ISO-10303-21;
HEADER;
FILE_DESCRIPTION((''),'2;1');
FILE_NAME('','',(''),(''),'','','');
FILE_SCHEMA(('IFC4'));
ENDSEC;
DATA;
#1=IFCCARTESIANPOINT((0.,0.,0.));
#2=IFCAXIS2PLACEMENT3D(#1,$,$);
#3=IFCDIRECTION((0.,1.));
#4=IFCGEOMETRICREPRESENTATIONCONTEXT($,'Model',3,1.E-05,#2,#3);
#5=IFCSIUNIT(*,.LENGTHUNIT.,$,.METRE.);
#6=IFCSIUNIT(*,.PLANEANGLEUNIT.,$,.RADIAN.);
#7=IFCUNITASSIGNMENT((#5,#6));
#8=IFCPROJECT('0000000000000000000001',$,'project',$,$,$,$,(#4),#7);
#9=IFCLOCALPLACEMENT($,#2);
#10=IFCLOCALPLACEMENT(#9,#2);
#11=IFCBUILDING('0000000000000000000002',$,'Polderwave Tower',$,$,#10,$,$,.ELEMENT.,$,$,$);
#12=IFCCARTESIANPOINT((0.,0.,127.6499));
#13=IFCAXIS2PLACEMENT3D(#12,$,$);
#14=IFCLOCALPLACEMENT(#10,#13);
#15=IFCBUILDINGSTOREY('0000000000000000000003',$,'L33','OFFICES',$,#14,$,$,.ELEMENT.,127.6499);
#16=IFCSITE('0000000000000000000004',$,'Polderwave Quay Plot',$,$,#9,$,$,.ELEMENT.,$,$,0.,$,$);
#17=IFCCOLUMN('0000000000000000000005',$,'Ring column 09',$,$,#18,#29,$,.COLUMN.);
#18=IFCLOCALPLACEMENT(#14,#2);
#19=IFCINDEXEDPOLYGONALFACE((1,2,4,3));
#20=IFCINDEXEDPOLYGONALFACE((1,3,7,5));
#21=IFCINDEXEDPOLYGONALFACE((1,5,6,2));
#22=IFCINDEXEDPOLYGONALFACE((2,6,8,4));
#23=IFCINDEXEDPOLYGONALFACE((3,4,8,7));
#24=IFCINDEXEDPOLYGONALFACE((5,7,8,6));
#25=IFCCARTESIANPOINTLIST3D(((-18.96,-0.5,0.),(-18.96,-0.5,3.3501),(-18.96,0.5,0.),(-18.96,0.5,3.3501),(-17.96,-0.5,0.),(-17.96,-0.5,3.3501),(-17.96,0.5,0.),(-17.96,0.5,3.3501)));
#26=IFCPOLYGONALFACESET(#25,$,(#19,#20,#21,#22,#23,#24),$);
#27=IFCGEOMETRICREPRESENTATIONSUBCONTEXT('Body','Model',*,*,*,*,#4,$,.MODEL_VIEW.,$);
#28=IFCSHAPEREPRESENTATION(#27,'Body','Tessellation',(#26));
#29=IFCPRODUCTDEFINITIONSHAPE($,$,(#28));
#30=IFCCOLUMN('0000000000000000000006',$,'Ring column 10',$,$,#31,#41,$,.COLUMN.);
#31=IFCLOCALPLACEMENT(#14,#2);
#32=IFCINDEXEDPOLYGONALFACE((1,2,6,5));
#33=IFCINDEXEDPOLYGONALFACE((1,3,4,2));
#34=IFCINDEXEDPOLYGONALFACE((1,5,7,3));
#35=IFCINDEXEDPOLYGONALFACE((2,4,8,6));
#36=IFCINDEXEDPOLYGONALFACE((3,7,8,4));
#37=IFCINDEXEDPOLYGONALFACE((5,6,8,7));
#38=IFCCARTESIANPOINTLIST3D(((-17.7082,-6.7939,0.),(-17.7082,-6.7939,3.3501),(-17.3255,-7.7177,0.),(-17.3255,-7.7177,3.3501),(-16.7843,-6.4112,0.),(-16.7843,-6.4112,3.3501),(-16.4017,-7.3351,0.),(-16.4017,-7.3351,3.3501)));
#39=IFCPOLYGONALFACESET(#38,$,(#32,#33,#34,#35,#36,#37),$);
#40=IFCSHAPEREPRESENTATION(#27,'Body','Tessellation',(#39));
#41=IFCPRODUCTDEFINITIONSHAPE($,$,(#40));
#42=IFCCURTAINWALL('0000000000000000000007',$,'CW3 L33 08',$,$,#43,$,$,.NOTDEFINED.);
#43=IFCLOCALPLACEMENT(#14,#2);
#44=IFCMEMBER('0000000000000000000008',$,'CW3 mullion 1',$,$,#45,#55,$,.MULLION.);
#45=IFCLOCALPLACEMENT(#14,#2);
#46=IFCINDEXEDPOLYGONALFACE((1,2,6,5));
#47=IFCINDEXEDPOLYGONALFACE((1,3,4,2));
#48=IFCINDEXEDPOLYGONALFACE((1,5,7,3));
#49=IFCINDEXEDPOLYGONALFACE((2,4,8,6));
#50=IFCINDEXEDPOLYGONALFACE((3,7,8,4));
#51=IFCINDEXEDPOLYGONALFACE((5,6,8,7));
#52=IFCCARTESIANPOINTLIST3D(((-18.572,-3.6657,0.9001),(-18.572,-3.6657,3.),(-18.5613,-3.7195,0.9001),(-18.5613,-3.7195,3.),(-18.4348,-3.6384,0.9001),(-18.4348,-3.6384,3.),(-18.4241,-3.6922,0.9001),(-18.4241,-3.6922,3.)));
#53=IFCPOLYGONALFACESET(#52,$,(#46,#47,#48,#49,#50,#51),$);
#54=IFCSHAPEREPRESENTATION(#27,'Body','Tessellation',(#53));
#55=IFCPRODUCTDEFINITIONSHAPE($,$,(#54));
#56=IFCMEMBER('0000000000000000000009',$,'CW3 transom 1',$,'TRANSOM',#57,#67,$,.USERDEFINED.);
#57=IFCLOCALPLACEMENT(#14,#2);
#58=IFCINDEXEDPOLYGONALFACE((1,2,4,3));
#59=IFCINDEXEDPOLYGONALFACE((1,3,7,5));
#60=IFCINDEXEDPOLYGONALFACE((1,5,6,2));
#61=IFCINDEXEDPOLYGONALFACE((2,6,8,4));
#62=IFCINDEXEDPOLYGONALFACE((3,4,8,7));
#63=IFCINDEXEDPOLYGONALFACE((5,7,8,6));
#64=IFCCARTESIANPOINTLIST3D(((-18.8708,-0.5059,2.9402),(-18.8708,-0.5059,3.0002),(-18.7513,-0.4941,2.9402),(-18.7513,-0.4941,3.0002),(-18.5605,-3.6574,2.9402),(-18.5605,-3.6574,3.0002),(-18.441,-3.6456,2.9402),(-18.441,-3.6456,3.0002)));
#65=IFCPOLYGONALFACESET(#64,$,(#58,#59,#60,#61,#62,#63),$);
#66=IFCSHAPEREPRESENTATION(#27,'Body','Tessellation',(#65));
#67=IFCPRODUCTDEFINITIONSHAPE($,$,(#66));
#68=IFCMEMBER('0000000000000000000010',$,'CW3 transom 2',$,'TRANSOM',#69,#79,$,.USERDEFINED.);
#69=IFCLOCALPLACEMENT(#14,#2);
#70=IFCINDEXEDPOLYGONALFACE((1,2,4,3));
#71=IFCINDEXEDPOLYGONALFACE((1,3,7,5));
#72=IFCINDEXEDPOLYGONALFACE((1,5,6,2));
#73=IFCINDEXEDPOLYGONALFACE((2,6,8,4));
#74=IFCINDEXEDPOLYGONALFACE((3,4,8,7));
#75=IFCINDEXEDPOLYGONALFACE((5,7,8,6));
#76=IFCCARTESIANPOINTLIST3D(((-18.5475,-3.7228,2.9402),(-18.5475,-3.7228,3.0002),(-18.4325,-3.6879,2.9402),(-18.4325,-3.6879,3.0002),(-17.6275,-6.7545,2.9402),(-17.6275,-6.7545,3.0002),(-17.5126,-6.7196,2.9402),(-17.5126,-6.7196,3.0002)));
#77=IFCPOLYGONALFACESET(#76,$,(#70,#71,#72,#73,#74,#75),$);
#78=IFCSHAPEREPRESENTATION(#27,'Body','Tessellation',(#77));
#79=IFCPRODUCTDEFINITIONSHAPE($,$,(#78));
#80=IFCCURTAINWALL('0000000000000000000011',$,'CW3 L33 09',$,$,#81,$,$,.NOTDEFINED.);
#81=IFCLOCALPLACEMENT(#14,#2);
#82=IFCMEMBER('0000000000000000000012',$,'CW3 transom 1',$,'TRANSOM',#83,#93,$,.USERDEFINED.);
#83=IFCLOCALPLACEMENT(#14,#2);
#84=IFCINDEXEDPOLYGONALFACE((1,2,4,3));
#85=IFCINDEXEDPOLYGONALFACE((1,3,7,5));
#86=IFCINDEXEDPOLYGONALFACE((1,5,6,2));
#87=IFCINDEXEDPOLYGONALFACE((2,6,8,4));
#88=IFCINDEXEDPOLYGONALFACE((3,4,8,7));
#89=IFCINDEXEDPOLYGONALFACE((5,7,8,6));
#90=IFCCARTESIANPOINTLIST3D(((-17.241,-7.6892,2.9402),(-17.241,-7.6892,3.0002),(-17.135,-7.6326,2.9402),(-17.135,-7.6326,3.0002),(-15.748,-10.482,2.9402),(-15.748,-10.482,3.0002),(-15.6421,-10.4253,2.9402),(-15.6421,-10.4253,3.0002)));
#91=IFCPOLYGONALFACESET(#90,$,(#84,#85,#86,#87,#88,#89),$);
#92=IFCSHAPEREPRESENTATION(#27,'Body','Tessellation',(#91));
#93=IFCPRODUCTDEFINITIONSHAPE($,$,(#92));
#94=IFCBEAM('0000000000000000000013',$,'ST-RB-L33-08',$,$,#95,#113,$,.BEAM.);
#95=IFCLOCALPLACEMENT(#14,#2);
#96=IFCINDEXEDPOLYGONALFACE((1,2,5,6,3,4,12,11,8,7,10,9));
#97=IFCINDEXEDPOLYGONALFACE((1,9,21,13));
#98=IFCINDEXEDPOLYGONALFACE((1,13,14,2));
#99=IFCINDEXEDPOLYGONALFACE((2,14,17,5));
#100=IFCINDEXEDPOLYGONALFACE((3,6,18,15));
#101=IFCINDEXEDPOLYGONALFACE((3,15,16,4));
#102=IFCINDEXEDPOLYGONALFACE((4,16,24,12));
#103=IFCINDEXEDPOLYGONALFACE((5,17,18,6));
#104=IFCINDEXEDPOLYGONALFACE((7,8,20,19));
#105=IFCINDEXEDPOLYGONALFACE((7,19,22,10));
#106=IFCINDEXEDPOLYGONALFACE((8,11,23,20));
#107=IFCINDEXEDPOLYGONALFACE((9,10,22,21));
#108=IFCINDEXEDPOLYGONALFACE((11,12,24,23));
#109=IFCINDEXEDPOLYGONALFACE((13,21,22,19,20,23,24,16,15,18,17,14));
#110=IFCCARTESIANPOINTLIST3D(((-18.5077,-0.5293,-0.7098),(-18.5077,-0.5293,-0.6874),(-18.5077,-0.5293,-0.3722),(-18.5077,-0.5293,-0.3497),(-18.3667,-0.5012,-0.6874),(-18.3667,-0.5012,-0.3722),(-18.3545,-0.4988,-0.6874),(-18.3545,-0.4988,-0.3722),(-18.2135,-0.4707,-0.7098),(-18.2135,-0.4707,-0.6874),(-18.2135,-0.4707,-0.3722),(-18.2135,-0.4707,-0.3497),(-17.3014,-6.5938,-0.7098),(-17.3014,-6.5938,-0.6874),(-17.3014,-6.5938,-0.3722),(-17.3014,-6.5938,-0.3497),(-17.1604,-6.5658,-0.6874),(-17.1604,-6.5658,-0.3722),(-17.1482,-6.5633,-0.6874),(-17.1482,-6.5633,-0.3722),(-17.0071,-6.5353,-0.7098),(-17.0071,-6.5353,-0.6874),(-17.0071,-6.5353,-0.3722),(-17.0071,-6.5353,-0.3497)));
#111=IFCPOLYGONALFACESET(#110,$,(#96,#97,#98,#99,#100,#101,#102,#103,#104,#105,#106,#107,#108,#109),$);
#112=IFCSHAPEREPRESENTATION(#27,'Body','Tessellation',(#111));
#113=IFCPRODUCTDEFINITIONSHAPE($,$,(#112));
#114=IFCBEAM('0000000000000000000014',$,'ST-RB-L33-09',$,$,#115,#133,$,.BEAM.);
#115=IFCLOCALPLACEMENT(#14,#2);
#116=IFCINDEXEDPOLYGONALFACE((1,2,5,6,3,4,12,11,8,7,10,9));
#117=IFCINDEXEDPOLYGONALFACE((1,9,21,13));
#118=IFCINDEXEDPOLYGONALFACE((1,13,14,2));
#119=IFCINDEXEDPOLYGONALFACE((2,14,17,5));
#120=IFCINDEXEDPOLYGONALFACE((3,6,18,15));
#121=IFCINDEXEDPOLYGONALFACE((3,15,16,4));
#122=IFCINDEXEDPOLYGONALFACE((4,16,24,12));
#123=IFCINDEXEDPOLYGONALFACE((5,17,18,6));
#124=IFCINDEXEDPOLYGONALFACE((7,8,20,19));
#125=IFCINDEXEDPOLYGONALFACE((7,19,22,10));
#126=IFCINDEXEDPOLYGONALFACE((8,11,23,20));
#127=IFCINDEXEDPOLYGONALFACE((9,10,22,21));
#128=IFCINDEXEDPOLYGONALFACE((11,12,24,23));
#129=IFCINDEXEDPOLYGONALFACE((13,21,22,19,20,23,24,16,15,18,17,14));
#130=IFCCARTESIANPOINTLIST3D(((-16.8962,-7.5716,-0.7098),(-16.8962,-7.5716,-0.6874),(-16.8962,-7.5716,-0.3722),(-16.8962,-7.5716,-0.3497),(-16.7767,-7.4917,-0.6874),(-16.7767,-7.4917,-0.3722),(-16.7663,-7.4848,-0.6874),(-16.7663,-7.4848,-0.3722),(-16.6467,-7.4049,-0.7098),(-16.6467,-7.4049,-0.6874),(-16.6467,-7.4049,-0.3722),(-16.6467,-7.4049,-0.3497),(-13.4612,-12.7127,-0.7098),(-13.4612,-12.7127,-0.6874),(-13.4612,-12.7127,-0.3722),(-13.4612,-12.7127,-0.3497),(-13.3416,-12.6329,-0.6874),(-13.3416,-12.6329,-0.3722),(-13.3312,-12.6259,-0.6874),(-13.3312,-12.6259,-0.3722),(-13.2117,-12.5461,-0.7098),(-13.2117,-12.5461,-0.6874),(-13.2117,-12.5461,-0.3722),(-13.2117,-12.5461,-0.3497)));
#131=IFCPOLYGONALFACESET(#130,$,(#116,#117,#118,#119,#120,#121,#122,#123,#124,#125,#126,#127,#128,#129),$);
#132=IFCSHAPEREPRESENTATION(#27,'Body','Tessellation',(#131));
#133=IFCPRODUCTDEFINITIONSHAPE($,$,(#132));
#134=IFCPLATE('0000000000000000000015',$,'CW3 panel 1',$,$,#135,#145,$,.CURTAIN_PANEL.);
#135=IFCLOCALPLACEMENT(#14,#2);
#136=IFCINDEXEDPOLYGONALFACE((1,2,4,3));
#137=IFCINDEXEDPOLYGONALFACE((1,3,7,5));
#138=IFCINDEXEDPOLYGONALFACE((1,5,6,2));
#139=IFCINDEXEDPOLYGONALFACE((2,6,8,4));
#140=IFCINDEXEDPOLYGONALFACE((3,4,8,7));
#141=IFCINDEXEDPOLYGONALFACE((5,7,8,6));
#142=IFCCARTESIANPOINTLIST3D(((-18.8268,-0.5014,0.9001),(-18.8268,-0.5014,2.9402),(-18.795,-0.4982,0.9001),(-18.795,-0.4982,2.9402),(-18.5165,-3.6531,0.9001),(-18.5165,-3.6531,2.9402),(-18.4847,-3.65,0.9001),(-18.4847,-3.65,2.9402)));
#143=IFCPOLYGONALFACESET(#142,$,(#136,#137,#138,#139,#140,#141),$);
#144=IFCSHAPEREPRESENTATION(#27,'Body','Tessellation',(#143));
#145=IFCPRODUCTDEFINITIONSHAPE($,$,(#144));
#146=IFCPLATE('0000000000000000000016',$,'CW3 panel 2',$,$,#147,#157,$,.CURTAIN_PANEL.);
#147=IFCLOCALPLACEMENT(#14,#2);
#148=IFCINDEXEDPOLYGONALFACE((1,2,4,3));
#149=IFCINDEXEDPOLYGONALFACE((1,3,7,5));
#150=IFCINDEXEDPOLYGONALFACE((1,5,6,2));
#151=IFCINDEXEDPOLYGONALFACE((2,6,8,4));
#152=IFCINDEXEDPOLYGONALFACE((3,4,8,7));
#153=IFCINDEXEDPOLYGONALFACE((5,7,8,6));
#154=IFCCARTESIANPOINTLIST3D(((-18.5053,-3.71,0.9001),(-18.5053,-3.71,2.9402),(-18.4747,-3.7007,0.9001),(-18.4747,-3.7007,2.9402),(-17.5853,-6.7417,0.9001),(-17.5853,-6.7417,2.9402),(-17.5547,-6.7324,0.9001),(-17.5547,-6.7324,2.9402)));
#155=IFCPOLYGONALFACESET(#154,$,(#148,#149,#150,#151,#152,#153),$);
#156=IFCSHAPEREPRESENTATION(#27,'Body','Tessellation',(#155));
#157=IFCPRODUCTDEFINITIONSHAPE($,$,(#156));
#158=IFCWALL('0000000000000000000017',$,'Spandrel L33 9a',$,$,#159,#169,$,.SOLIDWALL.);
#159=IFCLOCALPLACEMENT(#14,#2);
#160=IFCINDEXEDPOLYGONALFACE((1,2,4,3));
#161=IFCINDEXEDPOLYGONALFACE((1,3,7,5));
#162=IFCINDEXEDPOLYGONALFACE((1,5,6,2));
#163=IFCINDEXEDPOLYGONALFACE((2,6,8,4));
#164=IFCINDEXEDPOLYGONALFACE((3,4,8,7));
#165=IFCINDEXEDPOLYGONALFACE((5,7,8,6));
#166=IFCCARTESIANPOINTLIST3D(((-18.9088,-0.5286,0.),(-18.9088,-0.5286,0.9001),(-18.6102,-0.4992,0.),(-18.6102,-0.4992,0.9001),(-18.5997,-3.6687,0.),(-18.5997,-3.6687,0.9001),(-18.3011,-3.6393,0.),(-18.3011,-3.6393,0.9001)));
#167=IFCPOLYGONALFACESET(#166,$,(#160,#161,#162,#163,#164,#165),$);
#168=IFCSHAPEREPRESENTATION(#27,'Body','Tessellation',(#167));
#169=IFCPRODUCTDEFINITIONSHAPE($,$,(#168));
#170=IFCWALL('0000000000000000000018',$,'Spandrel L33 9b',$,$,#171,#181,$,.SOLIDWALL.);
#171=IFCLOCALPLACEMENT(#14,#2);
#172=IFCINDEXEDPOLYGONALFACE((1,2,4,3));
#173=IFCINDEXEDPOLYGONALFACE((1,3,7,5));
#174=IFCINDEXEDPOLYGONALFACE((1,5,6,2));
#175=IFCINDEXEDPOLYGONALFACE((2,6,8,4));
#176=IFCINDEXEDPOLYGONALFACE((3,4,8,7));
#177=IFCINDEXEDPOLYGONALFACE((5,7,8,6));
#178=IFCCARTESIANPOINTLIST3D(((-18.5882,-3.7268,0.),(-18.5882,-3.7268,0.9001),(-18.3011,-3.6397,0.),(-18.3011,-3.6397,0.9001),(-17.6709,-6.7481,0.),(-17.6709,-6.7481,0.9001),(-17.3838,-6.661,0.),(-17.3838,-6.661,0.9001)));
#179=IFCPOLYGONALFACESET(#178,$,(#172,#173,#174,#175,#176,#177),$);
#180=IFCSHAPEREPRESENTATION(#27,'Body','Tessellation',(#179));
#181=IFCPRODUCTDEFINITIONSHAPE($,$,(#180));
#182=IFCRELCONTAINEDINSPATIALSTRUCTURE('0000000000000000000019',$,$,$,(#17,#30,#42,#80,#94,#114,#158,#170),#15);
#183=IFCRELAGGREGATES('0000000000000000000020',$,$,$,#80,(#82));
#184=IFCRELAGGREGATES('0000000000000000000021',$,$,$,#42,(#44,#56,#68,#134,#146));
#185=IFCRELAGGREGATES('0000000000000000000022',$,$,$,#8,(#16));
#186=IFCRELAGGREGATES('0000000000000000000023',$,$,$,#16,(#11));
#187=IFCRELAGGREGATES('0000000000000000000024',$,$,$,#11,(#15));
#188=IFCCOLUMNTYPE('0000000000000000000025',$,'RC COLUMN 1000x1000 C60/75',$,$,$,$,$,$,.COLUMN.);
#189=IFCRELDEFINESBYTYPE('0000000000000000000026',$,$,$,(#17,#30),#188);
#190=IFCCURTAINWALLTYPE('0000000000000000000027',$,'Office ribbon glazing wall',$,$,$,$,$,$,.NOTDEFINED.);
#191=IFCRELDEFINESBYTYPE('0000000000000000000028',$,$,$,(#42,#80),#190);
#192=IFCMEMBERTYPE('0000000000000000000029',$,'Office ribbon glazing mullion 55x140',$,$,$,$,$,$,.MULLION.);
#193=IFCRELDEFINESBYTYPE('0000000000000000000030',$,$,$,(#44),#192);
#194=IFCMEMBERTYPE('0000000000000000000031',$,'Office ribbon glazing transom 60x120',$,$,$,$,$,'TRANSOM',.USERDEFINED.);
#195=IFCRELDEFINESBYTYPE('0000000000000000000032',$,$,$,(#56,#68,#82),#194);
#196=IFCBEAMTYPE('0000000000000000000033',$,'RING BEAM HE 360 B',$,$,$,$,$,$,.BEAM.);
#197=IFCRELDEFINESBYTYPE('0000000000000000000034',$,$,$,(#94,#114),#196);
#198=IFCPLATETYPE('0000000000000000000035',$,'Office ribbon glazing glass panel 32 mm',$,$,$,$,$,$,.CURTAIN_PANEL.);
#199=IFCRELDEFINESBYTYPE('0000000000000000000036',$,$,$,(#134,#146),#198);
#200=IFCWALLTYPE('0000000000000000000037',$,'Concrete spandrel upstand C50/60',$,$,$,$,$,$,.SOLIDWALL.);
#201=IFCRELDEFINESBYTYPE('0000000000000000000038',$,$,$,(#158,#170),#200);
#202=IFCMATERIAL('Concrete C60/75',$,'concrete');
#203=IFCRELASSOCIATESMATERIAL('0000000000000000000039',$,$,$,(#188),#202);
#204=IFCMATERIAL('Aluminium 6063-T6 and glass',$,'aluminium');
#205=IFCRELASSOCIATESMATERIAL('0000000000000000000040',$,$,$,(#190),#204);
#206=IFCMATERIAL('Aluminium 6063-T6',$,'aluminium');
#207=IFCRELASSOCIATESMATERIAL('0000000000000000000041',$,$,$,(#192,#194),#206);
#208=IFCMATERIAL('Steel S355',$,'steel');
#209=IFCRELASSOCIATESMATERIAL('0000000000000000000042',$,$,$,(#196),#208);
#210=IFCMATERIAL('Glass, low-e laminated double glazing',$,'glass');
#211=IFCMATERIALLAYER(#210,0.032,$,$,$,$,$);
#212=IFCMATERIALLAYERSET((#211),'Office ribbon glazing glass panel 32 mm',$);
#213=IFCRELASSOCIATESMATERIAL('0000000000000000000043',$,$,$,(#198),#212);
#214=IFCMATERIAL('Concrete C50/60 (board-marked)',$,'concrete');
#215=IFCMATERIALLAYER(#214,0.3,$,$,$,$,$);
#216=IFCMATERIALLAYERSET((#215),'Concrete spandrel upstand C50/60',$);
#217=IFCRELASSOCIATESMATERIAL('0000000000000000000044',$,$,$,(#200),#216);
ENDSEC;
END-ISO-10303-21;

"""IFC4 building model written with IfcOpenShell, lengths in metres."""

from ifc_helpers import new_model, si_unit, direction, frame, frame_2d, origin, origin_2d, place, context, subcontext, project, spatial, rectangle, i_section, extrude, material, layer, layer_set, material_profile, profile_set, type_object, element, aggregate, save


model = new_model("IFC4")

# Units and contexts
model_context = context("Model", 3, precision=1e-05, world=origin(), true_north=direction((0.0, 1.0)))
body_context = subcontext(model_context, "Body", "Model", "MODEL_VIEW")
ifc_project = project(units=[si_unit("LENGTHUNIT", "METRE"), si_unit("PLANEANGLEUNIT", "RADIAN")], contexts=[model_context])

# Site, building, storey
site_placement = place(None, origin())
site = spatial("IfcSite", under=ifc_project, at=site_placement, Name="Polderwave Quay Plot", CompositionType="ELEMENT", RefElevation=0.0)
building_placement = place(site_placement, origin())
building = spatial("IfcBuilding", under=site, at=building_placement, Name="Polderwave Tower", CompositionType="ELEMENT")
storey_placement = place(building_placement, frame((0.0, 0.0, 127.6499)))
storey = spatial("IfcBuildingStorey", under=building, at=storey_placement, Name="L33", Description="OFFICES", CompositionType="ELEMENT", Elevation=127.6499)

# Columns
ifc_material_1 = material(Name="Concrete C60/75", Category="concrete")
ifc_material_profile_1 = material_profile(ifc_material_1, rectangle(XDim=1.0, YDim=1.0, at=origin_2d()), Name="RC 1000x1000")
ifc_profile_set_1 = profile_set([ifc_material_profile_1], Name="Concrete C60/75")
column_type = type_object("IfcColumnType", Name="RC COLUMN 1000x1000 C60/75", PredefinedType="COLUMN", material=ifc_profile_set_1)
for number, where, z_axis, x_axis, name in (
    (1, (-18.46, 0.0, 0.0), (0.0, 0.0, 1.0), (-1.0, 0.0, 0.0), "Ring column 09"),
    (2, (-17.0549, -7.0645, 0.0), (0.0, 0.0, 1.0), (-0.92388, -0.382683, 0.0), "Ring column 10"),
):
    element("IfcColumn", number, at=place(storey_placement, frame(where, z_axis=z_axis, x_axis=x_axis)), inside=storey, type_object=column_type, Name=name, PredefinedType="COLUMN", context=body_context, shape_type="SweptSolid", body=[
        extrude(rectangle(XDim=1.0, YDim=1.0, at=origin_2d()), origin(), (0.0, 0.0, 1.0), 3.3501),
    ])

# Curtain wall, members
ifc_material_2 = material(Name="Aluminium 6063-T6 and glass", Category="aluminium")
curtain_wall_type = type_object("IfcCurtainWallType", Name="Office ribbon glazing wall", PredefinedType="NOTDEFINED", material=ifc_material_2)
curtain_wall_1_placement = place(storey_placement, origin())
curtain_wall_1 = element("IfcCurtainWall", 3, at=curtain_wall_1_placement, inside=storey, type_object=curtain_wall_type, Name="CW3 L33 08", PredefinedType="NOTDEFINED")
ifc_material_3 = material(Name="Aluminium 6063-T6", Category="aluminium")
ifc_material_profile_2 = material_profile(ifc_material_3, rectangle(XDim=0.1399, YDim=0.0549, at=origin_2d()), Name="AL 55x140")
ifc_profile_set_2 = profile_set([ifc_material_profile_2], Name="Aluminium 6063-T6")
member_type_1 = type_object("IfcMemberType", Name="Office ribbon glazing mullion 55x140", PredefinedType="MULLION", material=ifc_profile_set_2)
member_1_placement = place(storey_placement, frame((-18.498, -3.679, 0.9001), z_axis=(0.0, 0.0, 1.0), x_axis=(0.980778, 0.195128, 0.0)))
member_1 = element("IfcMember", 4, at=member_1_placement, type_object=member_type_1, Name="CW3 mullion 1", PredefinedType="MULLION", context=body_context, shape_type="SweptSolid", body=[
    extrude(rectangle(XDim=0.1399, YDim=0.0549, at=origin_2d()), origin(), (0.0, 0.0, 1.0), 2.0999),
])
ifc_material_profile_3 = material_profile(ifc_material_3, rectangle(XDim=0.1201, YDim=0.0601, at=origin_2d()), Name="AL 60x120")
ifc_profile_set_3 = profile_set([ifc_material_profile_3], Name="Aluminium 6063-T6")
member_type_2 = type_object("IfcMemberType", Name="Office ribbon glazing transom 60x120", ElementType="TRANSOM", PredefinedType="USERDEFINED", material=ifc_profile_set_3)
member_2_placement = place(storey_placement, frame((-18.811, -0.5, 2.9702), z_axis=(0.097985, -0.995188, 0.0), x_axis=(0.995188, 0.097985, 0.0)))
member_2 = element("IfcMember", 5, at=member_2_placement, type_object=member_type_2, Name="CW3 transom 1", ObjectType="TRANSOM", PredefinedType="USERDEFINED", context=body_context, shape_type="SweptSolid", body=[
    extrude(rectangle(XDim=0.1201, YDim=0.0601, at=origin_2d()), origin(), (0.0, 0.0, 1.0), 3.1667),
])
member_3_placement = place(storey_placement, frame((-18.49, -3.7053, 2.9702), z_axis=(0.290358, -0.956918, 0.0), x_axis=(0.956918, 0.290358, 0.0)))
member_3 = element("IfcMember", 6, at=member_3_placement, type_object=member_type_2, Name="CW3 transom 2", ObjectType="TRANSOM", PredefinedType="USERDEFINED", context=body_context, shape_type="SweptSolid", body=[
    extrude(rectangle(XDim=0.1201, YDim=0.0601, at=origin_2d()), origin(), (0.0, 0.0, 1.0), 3.1682),
])

# Curtain wall, member
curtain_wall_2_placement = place(storey_placement, origin())
curtain_wall_2 = element("IfcCurtainWall", 7, at=curtain_wall_2_placement, inside=storey, type_object=curtain_wall_type, Name="CW3 L33 09", PredefinedType="NOTDEFINED")
member_4_placement = place(storey_placement, frame((-17.188, -7.6609, 2.9702), z_axis=(0.47144, -0.881898, 0.0), x_axis=(0.881898, 0.47144, 0.0)))
member_4 = element("IfcMember", 8, at=member_4_placement, type_object=member_type_2, Name="CW3 transom 1", ObjectType="TRANSOM", PredefinedType="USERDEFINED", context=body_context, shape_type="SweptSolid", body=[
    extrude(rectangle(XDim=0.1201, YDim=0.0601, at=origin_2d()), origin(), (0.0, 0.0, 1.0), 3.1667),
])
aggregate(curtain_wall_2, [member_4])

# Beams
ifc_material_4 = material(Name="Steel S355", Category="steel")
ifc_material_profile_4 = material_profile(ifc_material_4, i_section(OverallWidth=0.3, OverallDepth=0.3601, WebThickness=0.0125, FlangeThickness=0.0225, at=origin_2d()), Name="HE 360 B")
ifc_profile_set_4 = profile_set([ifc_material_profile_4], Name="Steel S355")
beam_type = type_object("IfcBeamType", Name="RING BEAM HE 360 B", PredefinedType="BEAM", material=ifc_profile_set_4)
beam_1_placement = place(storey_placement, frame((-18.3606, -0.5, -0.5298), z_axis=(0.195091, -0.980785, 0.0), x_axis=(0.980785, 0.195091, 0.0)))
element("IfcBeam", 9, at=beam_1_placement, inside=storey, type_object=beam_type, Name="ST-RB-L33-08", PredefinedType="BEAM", context=body_context, shape_type="SweptSolid", body=[
    extrude(i_section(OverallWidth=0.3, OverallDepth=0.3601, WebThickness=0.0125, FlangeThickness=0.0225, at=origin_2d()), origin(), (0.0, 0.0, 1.0), 6.1833),
])
beam_2_placement = place(storey_placement, frame((-16.7715, -7.4883, -0.5298), z_axis=(0.555556, -0.831479, 0.0), x_axis=(0.831479, 0.555556, 0.0)))
element("IfcBeam", 10, at=beam_2_placement, inside=storey, type_object=beam_type, Name="ST-RB-L33-09", PredefinedType="BEAM", context=body_context, shape_type="SweptSolid", body=[
    extrude(i_section(OverallWidth=0.3, OverallDepth=0.3601, WebThickness=0.0125, FlangeThickness=0.0225, at=origin_2d()), origin(), (0.0, 0.0, 1.0), 6.1831),
])

# Plates
ifc_material_5 = material(Name="Glass, low-e laminated double glazing", Category="glass")
ifc_layer_1 = layer(ifc_material_5, 0.032)
ifc_layer_set_1 = layer_set([ifc_layer_1], Name="Office ribbon glazing glass panel 32 mm")
plate_type = type_object("IfcPlateType", Name="Office ribbon glazing glass panel 32 mm", PredefinedType="CURTAIN_PANEL", material=ifc_layer_set_1)
plate_1_placement = place(storey_placement, frame((-18.6558, -2.0757, 0.9001), z_axis=(0.0, 0.0, 1.0), x_axis=(0.097984, -0.995188, 0.0)))
plate_1 = element("IfcPlate", 11, at=plate_1_placement, type_object=plate_type, Name="CW3 panel 1", PredefinedType="CURTAIN_PANEL", context=body_context, shape_type="SweptSolid", body=[
    extrude(rectangle(XDim=3.167, YDim=0.032, at=origin_2d()), origin(), (0.0, 0.0, 1.0), 2.04),
])
plate_2_placement = place(storey_placement, frame((-18.03, -5.2212, 0.9001), z_axis=(0.0, 0.0, 1.0), x_axis=(0.29039, -0.956908, 0.0)))
plate_2 = element("IfcPlate", 12, at=plate_2_placement, type_object=plate_type, Name="CW3 panel 2", PredefinedType="CURTAIN_PANEL", context=body_context, shape_type="SweptSolid", body=[
    extrude(rectangle(XDim=3.1682, YDim=0.032, at=origin_2d()), origin(), (0.0, 0.0, 1.0), 2.04),
])
aggregate(curtain_wall_1, [member_1, member_2, member_3, plate_1, plate_2])

# Walls
ifc_material_6 = material(Name="Concrete C50/60 (board-marked)", Category="concrete")
ifc_layer_2 = layer(ifc_material_6, 0.3)
ifc_layer_set_2 = layer_set([ifc_layer_2], Name="Concrete spandrel upstand C50/60")
wall_type_1 = type_object("IfcWallType", Name="Concrete spandrel upstand C50/60", PredefinedType="SOLIDWALL", material=ifc_layer_set_2)
wall_1_placement = place(storey_placement, frame((-18.7595, -0.5139, 0.0), z_axis=(0.0, 0.0, 1.0), x_axis=(0.097956, -0.995191, 0.0)))
element("IfcWall", 13, at=wall_1_placement, inside=storey, type_object=wall_type_1, Name="Spandrel L33 9a", PredefinedType="SOLIDWALL", context=body_context, shape_type="SweptSolid", body=[
    extrude(rectangle(XDim=3.1553, YDim=0.3, at=frame_2d((1.5776, 0.0))), origin(), (0.0, 0.0, 1.0), 0.9001),
])
wall_2_placement = place(storey_placement, frame((-18.4446, -3.6833, 0.0), z_axis=(0.0, 0.0, 1.0), x_axis=(0.290503, -0.956874, 0.0)))
element("IfcWall", 14, at=wall_2_placement, inside=storey, type_object=wall_type_1, Name="Spandrel L33 9b", PredefinedType="SOLIDWALL", context=body_context, shape_type="SweptSolid", body=[
    extrude(rectangle(XDim=3.1575, YDim=0.3, at=frame_2d((1.5786, 0.0))), origin(), (0.0, 0.0, 1.0), 0.9001),
])

save(model, "model.ifc")
